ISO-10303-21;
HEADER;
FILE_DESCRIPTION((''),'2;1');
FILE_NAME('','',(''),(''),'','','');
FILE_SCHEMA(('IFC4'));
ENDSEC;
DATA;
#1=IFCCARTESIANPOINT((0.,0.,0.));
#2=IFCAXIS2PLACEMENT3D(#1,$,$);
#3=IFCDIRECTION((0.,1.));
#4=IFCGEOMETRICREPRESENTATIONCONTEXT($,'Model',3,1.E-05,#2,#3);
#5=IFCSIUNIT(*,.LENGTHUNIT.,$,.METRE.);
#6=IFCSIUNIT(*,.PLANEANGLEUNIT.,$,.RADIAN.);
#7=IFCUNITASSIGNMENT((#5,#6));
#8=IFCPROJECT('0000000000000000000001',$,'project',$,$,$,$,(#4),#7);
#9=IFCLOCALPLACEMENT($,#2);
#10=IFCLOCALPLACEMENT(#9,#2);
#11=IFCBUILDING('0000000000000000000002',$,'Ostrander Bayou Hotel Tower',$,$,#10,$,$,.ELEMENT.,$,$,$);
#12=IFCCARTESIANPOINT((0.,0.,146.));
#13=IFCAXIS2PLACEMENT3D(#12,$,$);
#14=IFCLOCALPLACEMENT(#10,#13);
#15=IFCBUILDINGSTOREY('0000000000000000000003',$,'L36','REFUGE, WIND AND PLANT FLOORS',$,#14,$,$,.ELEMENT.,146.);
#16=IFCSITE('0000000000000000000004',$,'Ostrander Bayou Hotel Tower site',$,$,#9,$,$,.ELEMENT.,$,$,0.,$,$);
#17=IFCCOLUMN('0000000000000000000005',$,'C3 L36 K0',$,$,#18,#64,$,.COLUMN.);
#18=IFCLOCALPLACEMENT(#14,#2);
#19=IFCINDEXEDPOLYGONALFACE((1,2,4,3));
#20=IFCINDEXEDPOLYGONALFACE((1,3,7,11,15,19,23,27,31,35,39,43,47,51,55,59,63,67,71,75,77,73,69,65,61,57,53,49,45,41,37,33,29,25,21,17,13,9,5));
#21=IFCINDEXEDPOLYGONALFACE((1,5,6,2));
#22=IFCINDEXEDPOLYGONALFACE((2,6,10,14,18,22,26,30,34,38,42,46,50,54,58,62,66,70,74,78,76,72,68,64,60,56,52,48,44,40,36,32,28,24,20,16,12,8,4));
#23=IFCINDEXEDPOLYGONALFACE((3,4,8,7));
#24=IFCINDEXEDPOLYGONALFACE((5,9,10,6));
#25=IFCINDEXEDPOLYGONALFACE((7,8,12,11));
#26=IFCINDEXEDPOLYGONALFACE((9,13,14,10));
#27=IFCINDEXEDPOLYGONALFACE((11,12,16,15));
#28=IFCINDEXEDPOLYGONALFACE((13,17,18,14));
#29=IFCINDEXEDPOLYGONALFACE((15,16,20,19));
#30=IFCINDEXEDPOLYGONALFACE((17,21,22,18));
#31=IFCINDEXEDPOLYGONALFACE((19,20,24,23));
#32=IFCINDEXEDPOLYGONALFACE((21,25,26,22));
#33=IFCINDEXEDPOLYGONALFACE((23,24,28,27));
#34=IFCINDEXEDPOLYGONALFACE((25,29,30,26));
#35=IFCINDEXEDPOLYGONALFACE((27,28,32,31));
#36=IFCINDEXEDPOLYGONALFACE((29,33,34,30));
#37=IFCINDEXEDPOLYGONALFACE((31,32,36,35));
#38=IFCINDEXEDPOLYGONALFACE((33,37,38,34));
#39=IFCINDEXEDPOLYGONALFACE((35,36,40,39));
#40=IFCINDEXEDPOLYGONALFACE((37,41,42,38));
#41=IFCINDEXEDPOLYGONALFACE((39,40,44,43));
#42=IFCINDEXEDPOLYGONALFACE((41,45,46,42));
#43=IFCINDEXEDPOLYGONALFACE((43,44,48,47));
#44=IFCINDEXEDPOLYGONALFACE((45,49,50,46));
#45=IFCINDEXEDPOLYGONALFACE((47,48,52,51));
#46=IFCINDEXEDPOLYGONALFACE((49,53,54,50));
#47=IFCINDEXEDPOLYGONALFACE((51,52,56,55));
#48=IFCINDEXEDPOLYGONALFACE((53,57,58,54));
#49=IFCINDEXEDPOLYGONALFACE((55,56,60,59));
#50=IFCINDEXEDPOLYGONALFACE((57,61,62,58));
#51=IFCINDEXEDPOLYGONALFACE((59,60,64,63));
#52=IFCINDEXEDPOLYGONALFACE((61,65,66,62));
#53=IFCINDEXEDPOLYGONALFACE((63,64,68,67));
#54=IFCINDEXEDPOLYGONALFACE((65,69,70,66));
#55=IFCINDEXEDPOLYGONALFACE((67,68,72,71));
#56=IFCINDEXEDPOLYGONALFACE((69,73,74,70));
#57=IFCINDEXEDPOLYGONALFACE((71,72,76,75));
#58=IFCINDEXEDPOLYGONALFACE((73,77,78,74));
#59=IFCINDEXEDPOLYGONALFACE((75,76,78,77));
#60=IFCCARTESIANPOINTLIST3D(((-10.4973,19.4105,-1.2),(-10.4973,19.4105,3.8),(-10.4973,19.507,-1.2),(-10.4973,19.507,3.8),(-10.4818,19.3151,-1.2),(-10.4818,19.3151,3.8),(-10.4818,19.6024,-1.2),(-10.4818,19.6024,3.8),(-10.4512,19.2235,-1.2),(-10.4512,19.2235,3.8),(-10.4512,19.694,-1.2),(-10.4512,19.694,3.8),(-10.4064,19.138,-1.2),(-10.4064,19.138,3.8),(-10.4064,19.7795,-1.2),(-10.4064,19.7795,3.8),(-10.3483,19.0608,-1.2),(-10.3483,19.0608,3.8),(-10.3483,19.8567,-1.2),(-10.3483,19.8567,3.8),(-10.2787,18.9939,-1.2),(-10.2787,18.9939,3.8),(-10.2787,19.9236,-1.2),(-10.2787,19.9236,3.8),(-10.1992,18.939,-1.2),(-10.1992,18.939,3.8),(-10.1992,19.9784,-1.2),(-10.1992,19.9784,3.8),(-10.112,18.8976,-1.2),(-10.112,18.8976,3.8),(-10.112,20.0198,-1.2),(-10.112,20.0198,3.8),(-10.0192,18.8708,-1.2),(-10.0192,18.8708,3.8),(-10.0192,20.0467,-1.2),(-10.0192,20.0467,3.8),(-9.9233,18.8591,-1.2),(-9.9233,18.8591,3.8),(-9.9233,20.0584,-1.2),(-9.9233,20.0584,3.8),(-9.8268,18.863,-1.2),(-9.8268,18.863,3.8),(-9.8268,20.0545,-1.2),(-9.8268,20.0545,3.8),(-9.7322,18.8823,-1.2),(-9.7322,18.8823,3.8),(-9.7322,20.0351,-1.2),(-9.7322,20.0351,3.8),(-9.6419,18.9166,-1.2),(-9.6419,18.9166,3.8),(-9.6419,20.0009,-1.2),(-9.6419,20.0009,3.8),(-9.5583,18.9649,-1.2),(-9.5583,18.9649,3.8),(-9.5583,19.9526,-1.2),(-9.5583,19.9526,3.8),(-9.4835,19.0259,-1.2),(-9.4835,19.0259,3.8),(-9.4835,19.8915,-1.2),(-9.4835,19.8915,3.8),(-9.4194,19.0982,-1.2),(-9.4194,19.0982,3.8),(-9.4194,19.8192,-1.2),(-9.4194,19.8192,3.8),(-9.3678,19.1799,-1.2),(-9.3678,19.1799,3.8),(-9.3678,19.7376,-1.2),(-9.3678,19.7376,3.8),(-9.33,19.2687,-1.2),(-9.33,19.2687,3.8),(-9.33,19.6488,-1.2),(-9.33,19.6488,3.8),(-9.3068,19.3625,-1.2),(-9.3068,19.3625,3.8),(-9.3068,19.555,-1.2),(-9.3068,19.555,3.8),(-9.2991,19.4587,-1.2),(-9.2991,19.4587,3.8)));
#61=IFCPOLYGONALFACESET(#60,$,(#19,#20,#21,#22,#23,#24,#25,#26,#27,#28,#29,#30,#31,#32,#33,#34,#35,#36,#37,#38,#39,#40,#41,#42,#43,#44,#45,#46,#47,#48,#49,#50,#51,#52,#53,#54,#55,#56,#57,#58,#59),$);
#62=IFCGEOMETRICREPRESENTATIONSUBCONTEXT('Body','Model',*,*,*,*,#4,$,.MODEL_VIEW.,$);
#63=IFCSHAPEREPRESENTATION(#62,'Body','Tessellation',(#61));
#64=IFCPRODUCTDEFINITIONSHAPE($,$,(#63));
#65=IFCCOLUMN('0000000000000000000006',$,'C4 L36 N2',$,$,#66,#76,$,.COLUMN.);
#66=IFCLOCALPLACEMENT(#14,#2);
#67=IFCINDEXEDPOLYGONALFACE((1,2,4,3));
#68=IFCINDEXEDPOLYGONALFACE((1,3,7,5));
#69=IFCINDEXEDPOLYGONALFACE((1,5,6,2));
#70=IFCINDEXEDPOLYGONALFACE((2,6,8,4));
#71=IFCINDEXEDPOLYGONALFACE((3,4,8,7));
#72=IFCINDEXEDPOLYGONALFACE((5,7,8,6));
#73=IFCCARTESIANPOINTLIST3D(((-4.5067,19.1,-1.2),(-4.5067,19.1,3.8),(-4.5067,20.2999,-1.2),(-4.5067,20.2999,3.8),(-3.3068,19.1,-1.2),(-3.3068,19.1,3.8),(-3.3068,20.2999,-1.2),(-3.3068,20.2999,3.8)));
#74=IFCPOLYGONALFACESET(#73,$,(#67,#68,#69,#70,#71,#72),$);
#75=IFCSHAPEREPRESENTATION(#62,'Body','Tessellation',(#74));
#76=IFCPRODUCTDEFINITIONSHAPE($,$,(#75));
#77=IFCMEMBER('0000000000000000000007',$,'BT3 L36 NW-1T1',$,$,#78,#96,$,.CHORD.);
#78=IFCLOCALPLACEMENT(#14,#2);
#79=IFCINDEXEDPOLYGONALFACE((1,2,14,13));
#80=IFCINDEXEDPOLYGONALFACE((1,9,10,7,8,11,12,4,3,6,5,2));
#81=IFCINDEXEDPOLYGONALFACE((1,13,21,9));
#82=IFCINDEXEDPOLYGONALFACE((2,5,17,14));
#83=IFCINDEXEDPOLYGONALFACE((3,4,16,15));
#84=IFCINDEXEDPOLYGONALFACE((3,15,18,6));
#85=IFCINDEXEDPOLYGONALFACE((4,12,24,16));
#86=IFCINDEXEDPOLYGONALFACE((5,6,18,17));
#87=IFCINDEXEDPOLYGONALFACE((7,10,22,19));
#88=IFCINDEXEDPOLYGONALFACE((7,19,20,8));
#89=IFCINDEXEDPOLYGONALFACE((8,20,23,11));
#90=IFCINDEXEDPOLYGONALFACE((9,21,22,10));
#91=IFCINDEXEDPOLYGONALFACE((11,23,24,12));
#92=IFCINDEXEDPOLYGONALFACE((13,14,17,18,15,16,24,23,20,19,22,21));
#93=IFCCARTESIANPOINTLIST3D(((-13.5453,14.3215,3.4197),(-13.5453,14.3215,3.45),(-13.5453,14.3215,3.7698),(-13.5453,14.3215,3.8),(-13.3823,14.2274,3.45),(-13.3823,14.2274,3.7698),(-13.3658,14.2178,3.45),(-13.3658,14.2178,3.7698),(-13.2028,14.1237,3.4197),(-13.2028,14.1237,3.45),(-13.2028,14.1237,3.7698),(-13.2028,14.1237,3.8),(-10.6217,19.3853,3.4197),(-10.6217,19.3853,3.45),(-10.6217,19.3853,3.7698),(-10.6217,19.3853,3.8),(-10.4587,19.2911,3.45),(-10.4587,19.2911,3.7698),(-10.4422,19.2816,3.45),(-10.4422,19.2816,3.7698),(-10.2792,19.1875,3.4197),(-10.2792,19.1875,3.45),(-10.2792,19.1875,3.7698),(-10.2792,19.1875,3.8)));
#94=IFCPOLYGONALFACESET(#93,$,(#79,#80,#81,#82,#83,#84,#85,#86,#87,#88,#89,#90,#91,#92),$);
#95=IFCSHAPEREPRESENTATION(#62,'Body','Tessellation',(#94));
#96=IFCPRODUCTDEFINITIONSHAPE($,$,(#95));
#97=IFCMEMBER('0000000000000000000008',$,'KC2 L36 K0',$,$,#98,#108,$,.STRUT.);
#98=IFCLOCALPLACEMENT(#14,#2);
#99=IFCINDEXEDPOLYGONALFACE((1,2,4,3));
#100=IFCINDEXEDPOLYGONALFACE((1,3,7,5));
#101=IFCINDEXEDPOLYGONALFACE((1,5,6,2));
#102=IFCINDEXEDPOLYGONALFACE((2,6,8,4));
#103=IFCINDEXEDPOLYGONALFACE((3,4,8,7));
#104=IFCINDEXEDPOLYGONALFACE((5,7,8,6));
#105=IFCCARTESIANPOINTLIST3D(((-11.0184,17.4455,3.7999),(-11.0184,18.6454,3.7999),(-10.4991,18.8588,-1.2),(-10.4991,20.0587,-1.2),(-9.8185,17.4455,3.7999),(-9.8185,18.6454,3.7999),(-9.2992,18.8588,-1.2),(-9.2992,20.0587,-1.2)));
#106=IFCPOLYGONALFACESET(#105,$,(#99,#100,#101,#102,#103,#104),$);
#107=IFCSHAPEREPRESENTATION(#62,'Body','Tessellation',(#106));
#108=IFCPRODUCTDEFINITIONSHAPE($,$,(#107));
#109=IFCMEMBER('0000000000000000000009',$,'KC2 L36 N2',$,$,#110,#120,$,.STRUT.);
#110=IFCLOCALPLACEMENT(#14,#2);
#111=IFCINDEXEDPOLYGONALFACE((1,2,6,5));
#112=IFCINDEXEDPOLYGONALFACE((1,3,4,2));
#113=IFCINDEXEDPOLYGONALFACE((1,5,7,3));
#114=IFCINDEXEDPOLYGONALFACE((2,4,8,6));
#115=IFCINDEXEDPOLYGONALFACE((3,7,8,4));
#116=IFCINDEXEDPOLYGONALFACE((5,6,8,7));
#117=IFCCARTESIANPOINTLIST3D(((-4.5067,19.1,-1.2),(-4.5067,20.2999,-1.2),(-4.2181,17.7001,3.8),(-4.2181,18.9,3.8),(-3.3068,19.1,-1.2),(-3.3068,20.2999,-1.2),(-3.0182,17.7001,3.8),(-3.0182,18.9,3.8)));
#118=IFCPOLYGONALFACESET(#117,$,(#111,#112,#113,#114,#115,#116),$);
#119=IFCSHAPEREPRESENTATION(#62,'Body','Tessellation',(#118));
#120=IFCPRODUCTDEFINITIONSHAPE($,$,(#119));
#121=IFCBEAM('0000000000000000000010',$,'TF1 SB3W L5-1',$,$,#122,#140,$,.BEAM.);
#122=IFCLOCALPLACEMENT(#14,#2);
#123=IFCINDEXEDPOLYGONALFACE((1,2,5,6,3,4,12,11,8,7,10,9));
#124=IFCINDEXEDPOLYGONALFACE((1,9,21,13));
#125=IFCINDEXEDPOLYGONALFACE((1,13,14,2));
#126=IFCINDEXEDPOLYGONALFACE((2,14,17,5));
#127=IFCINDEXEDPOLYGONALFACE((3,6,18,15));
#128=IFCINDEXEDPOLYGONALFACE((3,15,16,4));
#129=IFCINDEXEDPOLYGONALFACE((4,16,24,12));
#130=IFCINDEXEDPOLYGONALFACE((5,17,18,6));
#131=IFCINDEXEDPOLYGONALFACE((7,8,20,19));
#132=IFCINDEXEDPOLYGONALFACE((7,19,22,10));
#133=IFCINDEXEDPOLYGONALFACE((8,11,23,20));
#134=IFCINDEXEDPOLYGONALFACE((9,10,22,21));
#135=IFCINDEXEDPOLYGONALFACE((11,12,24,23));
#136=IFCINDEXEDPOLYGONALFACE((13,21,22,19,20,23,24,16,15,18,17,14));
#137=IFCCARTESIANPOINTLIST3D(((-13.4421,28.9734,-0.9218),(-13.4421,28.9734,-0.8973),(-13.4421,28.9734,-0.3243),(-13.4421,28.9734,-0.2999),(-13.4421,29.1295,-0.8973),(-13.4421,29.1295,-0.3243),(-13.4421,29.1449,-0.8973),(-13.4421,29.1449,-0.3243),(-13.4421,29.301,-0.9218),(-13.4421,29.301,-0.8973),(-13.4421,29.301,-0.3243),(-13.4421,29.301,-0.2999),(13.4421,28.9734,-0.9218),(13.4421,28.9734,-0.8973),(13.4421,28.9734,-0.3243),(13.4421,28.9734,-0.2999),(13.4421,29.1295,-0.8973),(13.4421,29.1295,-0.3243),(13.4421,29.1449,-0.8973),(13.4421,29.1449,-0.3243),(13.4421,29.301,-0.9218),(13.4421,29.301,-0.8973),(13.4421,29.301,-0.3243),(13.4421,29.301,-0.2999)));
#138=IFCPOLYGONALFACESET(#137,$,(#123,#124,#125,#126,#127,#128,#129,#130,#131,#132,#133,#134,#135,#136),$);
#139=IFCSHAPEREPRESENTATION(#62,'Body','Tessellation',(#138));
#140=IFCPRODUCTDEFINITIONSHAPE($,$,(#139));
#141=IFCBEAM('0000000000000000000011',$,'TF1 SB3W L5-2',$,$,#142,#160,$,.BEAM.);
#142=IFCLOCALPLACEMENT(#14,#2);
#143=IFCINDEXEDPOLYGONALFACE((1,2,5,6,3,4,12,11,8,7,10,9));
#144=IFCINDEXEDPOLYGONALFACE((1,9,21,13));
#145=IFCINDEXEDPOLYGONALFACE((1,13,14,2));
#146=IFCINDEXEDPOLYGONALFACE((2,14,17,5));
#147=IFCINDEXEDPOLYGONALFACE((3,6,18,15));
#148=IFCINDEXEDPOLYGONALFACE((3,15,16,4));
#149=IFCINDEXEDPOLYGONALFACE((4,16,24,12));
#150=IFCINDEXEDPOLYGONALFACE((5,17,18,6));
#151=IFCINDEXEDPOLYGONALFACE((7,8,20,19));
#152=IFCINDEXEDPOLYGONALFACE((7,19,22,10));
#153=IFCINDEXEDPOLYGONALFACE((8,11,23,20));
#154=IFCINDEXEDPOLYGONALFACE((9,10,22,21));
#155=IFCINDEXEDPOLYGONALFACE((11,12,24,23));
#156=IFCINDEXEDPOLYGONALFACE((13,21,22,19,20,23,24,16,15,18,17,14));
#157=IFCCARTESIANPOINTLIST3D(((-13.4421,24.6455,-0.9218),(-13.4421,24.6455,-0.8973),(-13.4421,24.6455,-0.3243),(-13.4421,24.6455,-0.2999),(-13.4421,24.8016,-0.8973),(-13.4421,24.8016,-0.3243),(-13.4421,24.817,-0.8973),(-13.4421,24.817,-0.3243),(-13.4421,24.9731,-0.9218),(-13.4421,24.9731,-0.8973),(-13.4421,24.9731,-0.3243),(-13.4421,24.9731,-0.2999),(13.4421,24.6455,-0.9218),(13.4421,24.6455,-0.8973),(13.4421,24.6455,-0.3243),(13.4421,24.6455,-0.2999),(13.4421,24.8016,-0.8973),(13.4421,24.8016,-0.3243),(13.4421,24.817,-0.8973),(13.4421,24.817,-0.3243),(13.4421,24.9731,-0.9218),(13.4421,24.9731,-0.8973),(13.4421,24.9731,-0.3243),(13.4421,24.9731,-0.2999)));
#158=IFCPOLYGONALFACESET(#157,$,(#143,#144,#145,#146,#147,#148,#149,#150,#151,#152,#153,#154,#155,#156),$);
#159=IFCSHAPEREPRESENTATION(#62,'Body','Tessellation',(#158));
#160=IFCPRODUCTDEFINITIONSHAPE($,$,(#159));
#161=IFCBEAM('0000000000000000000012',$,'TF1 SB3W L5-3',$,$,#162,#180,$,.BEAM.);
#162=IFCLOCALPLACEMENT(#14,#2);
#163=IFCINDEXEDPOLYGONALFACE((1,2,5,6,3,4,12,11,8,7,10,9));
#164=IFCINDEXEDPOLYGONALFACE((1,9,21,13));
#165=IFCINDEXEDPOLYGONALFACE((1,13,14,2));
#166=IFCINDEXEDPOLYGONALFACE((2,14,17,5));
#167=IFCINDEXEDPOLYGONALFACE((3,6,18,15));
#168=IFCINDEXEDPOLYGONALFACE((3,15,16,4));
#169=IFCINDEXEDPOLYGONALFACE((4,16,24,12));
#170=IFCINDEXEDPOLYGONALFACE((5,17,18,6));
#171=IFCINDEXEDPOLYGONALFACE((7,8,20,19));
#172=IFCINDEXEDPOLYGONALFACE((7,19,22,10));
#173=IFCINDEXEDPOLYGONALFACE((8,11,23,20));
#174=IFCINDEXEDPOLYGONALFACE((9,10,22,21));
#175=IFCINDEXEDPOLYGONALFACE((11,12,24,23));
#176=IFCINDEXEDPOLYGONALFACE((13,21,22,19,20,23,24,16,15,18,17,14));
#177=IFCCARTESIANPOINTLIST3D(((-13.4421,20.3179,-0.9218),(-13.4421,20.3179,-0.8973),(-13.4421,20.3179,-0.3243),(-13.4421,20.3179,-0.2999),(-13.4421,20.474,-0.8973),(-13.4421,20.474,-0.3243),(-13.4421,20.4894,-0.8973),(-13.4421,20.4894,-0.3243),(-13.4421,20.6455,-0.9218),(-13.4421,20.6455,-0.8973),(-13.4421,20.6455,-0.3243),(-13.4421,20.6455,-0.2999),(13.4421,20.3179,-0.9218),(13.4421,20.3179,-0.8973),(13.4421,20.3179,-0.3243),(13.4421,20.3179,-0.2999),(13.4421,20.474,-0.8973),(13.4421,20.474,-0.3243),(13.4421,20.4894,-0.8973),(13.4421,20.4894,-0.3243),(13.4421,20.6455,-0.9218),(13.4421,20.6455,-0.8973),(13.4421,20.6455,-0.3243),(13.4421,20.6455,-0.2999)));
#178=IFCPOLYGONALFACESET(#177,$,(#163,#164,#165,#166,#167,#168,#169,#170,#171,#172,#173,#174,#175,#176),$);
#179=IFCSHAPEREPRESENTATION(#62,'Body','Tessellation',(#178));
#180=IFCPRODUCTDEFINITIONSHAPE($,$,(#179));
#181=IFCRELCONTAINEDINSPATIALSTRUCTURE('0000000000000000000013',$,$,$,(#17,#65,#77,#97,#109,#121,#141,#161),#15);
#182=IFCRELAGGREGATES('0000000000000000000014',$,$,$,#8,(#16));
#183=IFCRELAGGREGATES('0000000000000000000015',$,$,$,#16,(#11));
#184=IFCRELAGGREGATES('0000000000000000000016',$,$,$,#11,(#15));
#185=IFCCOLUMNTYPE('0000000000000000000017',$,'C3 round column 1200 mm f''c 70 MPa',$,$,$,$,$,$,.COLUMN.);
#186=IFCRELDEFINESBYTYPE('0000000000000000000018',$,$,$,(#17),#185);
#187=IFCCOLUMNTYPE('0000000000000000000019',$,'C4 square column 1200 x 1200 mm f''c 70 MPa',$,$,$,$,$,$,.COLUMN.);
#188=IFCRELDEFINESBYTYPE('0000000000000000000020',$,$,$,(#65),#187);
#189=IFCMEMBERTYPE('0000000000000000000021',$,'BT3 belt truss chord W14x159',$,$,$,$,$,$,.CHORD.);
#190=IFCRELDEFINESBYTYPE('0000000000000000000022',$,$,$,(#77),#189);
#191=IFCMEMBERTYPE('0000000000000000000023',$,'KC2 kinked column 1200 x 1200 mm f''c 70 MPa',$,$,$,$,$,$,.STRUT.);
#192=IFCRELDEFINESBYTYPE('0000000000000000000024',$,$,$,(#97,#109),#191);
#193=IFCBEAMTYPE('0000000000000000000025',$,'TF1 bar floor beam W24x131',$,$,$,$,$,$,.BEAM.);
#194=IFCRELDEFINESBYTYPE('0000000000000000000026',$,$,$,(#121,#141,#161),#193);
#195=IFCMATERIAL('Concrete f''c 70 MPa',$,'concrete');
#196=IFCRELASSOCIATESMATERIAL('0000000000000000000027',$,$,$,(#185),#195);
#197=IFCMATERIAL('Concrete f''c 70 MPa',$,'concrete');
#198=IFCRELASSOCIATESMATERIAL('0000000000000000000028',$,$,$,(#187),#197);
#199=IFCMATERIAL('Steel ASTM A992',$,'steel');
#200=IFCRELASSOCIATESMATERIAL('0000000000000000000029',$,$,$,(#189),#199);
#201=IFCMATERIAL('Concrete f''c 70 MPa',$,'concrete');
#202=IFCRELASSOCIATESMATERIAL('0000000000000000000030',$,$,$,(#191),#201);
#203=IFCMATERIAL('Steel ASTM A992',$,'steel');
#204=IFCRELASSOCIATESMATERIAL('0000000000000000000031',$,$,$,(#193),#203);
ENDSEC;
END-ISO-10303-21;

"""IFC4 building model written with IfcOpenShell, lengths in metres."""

from ifc_helpers import new_model, si_unit, direction, frame, origin, origin_2d, place, context, subcontext, project, spatial, rectangle, circle, i_section, extrude, material, material_profile, profile_set, type_object, element, save


model = new_model("IFC4")

# Units and contexts
model_context = context("Model", 3, precision=1e-05, world=origin(), true_north=direction((0.0, 1.0)))
body_context = subcontext(model_context, "Body", "Model", "MODEL_VIEW")
ifc_project = project(units=[si_unit("LENGTHUNIT", "METRE"), si_unit("PLANEANGLEUNIT", "RADIAN")], contexts=[model_context])

# Site, building, storey
site_placement = place(None, origin())
site = spatial("IfcSite", under=ifc_project, at=site_placement, Name="Ostrander Bayou Hotel Tower site", CompositionType="ELEMENT", RefElevation=0.0)
building_placement = place(site_placement, origin())
building = spatial("IfcBuilding", under=site, at=building_placement, Name="Ostrander Bayou Hotel Tower", CompositionType="ELEMENT")
storey_placement = place(building_placement, frame((0.0, 0.0, 146.0)))
storey = spatial("IfcBuildingStorey", under=building, at=storey_placement, Name="L36", Description="REFUGE, WIND AND PLANT FLOORS", CompositionType="ELEMENT", Elevation=146.0)

# Columns
ifc_material_1 = material(Name="Concrete f'c 70 MPa", Category="concrete")
ifc_material_profile_1 = material_profile(ifc_material_1, circle(Radius=0.6001, at=origin_2d()))
ifc_profile_set_1 = profile_set([ifc_material_profile_1], Name="Concrete f'c 70 MPa")
column_type_1 = type_object("IfcColumnType", Name="C3 round column 1200 mm f'c 70 MPa", PredefinedType="COLUMN", material=ifc_profile_set_1)
column_1_placement = place(storey_placement, frame((-9.8992, 19.4587, -1.2), z_axis=(0.0, 0.0, 1.0), x_axis=(1.0, 0.0, 0.0)))
element("IfcColumn", 1, at=column_1_placement, inside=storey, type_object=column_type_1, Name="C3 L36 K0", PredefinedType="COLUMN", context=body_context, shape_type="SweptSolid", body=[
    extrude(circle(Radius=0.6001, at=origin_2d()), origin(), (0.0, 0.0, 1.0), 5.0),
])
ifc_material_2 = material(Name="Concrete f'c 70 MPa", Category="concrete")
ifc_material_profile_2 = material_profile(ifc_material_2, rectangle(XDim=1.2, YDim=1.2, at=origin_2d()))
ifc_profile_set_2 = profile_set([ifc_material_profile_2], Name="Concrete f'c 70 MPa")
column_type_2 = type_object("IfcColumnType", Name="C4 square column 1200 x 1200 mm f'c 70 MPa", PredefinedType="COLUMN", material=ifc_profile_set_2)
column_2_placement = place(storey_placement, frame((-3.9067, 19.7, -1.2), z_axis=(0.0, 0.0, 1.0), x_axis=(1.0, 0.0, 0.0)))
element("IfcColumn", 2, at=column_2_placement, inside=storey, type_object=column_type_2, Name="C4 L36 N2", PredefinedType="COLUMN", context=body_context, shape_type="SweptSolid", body=[
    extrude(rectangle(XDim=1.2, YDim=1.2, at=origin_2d()), origin(), (0.0, 0.0, 1.0), 5.0),
])

# Members
ifc_material_3 = material(Name="Steel ASTM A992", Category="steel")
ifc_material_profile_3 = material_profile(ifc_material_3, i_section(OverallWidth=0.3955, OverallDepth=0.3804, WebThickness=0.019, FlangeThickness=0.0303, at=origin_2d()))
ifc_profile_set_3 = profile_set([ifc_material_profile_3], Name="Steel ASTM A992")
member_type_1 = type_object("IfcMemberType", Name="BT3 belt truss chord W14x159", PredefinedType="CHORD", material=ifc_profile_set_3)
member_1_placement = place(storey_placement, frame((-10.4504, 19.2864, 3.6099), z_axis=(-0.500006, -0.866022, 0.0), x_axis=(0.866022, -0.500006, 0.0)))
element("IfcMember", 3, at=member_1_placement, inside=storey, type_object=member_type_1, Name="BT3 L36 NW-1T1", PredefinedType="CHORD", context=body_context, shape_type="SweptSolid", body=[
    extrude(i_section(OverallWidth=0.3955, OverallDepth=0.3804, WebThickness=0.019, FlangeThickness=0.0303, at=origin_2d()), origin(), (0.0, 0.0, 1.0), 5.8472),
])
ifc_material_4 = material(Name="Concrete f'c 70 MPa", Category="concrete")
ifc_material_profile_4 = material_profile(ifc_material_4, rectangle(XDim=1.2, YDim=1.2, at=origin_2d()))
ifc_profile_set_4 = profile_set([ifc_material_profile_4], Name="Concrete f'c 70 MPa")
member_type_2 = type_object("IfcMemberType", Name="KC2 kinked column 1200 x 1200 mm f'c 70 MPa", PredefinedType="STRUT", material=ifc_profile_set_4)
member_2_placement = place(storey_placement, frame((-9.8992, 19.4587, -1.2), z_axis=(0.0, 0.0, 1.0), x_axis=(1.0, 0.0, 0.0)))
element("IfcMember", 4, at=member_2_placement, inside=storey, type_object=member_type_2, Name="KC2 L36 K0", PredefinedType="STRUT", context=body_context, shape_type="SweptSolid", body=[
    extrude(rectangle(XDim=1.2, YDim=1.2, at=origin_2d()), origin(), (-0.099446, -0.27066, 0.957525), 5.2217),
])
member_3_placement = place(storey_placement, frame((-3.9067, 19.7, -1.2), z_axis=(0.0, 0.0, 1.0), x_axis=(1.0, 0.0, 0.0)))
element("IfcMember", 5, at=member_3_placement, inside=storey, type_object=member_type_2, Name="KC2 L36 N2", PredefinedType="STRUT", context=body_context, shape_type="SweptSolid", body=[
    extrude(rectangle(XDim=1.2, YDim=1.2, at=origin_2d()), origin(), (0.055492, -0.269197, 0.961485), 5.2002),
])

# Beams
ifc_material_5 = material(Name="Steel ASTM A992", Category="steel")
ifc_material_profile_5 = material_profile(ifc_material_5, i_section(OverallWidth=0.3276, OverallDepth=0.6218, WebThickness=0.0154, FlangeThickness=0.0244, at=origin_2d()))
ifc_profile_set_5 = profile_set([ifc_material_profile_5], Name="Steel ASTM A992")
beam_type = type_object("IfcBeamType", Name="TF1 bar floor beam W24x131", PredefinedType="BEAM", material=ifc_profile_set_5)
for number, where, z_axis, x_axis, name in (
    (6, (-13.4421, 29.1372, -0.6108), (1.0, 0.0, 0.0), (0.0, 1.0, 0.0), "TF1 SB3W L5-1"),
    (7, (-13.4421, 24.8093, -0.6108), (1.0, 0.0, 0.0), (0.0, 1.0, 0.0), "TF1 SB3W L5-2"),
    (8, (-13.4421, 20.4817, -0.6108), (1.0, 0.0, 0.0), (0.0, 1.0, 0.0), "TF1 SB3W L5-3"),
):
    element("IfcBeam", number, at=place(storey_placement, frame(where, z_axis=z_axis, x_axis=x_axis)), inside=storey, type_object=beam_type, Name=name, PredefinedType="BEAM", context=body_context, shape_type="SweptSolid", body=[
        extrude(i_section(OverallWidth=0.3276, OverallDepth=0.6218, WebThickness=0.0154, FlangeThickness=0.0244, at=origin_2d()), origin(), (0.0, 0.0, 1.0), 26.8843),
    ])

save(model, "model.ifc")
